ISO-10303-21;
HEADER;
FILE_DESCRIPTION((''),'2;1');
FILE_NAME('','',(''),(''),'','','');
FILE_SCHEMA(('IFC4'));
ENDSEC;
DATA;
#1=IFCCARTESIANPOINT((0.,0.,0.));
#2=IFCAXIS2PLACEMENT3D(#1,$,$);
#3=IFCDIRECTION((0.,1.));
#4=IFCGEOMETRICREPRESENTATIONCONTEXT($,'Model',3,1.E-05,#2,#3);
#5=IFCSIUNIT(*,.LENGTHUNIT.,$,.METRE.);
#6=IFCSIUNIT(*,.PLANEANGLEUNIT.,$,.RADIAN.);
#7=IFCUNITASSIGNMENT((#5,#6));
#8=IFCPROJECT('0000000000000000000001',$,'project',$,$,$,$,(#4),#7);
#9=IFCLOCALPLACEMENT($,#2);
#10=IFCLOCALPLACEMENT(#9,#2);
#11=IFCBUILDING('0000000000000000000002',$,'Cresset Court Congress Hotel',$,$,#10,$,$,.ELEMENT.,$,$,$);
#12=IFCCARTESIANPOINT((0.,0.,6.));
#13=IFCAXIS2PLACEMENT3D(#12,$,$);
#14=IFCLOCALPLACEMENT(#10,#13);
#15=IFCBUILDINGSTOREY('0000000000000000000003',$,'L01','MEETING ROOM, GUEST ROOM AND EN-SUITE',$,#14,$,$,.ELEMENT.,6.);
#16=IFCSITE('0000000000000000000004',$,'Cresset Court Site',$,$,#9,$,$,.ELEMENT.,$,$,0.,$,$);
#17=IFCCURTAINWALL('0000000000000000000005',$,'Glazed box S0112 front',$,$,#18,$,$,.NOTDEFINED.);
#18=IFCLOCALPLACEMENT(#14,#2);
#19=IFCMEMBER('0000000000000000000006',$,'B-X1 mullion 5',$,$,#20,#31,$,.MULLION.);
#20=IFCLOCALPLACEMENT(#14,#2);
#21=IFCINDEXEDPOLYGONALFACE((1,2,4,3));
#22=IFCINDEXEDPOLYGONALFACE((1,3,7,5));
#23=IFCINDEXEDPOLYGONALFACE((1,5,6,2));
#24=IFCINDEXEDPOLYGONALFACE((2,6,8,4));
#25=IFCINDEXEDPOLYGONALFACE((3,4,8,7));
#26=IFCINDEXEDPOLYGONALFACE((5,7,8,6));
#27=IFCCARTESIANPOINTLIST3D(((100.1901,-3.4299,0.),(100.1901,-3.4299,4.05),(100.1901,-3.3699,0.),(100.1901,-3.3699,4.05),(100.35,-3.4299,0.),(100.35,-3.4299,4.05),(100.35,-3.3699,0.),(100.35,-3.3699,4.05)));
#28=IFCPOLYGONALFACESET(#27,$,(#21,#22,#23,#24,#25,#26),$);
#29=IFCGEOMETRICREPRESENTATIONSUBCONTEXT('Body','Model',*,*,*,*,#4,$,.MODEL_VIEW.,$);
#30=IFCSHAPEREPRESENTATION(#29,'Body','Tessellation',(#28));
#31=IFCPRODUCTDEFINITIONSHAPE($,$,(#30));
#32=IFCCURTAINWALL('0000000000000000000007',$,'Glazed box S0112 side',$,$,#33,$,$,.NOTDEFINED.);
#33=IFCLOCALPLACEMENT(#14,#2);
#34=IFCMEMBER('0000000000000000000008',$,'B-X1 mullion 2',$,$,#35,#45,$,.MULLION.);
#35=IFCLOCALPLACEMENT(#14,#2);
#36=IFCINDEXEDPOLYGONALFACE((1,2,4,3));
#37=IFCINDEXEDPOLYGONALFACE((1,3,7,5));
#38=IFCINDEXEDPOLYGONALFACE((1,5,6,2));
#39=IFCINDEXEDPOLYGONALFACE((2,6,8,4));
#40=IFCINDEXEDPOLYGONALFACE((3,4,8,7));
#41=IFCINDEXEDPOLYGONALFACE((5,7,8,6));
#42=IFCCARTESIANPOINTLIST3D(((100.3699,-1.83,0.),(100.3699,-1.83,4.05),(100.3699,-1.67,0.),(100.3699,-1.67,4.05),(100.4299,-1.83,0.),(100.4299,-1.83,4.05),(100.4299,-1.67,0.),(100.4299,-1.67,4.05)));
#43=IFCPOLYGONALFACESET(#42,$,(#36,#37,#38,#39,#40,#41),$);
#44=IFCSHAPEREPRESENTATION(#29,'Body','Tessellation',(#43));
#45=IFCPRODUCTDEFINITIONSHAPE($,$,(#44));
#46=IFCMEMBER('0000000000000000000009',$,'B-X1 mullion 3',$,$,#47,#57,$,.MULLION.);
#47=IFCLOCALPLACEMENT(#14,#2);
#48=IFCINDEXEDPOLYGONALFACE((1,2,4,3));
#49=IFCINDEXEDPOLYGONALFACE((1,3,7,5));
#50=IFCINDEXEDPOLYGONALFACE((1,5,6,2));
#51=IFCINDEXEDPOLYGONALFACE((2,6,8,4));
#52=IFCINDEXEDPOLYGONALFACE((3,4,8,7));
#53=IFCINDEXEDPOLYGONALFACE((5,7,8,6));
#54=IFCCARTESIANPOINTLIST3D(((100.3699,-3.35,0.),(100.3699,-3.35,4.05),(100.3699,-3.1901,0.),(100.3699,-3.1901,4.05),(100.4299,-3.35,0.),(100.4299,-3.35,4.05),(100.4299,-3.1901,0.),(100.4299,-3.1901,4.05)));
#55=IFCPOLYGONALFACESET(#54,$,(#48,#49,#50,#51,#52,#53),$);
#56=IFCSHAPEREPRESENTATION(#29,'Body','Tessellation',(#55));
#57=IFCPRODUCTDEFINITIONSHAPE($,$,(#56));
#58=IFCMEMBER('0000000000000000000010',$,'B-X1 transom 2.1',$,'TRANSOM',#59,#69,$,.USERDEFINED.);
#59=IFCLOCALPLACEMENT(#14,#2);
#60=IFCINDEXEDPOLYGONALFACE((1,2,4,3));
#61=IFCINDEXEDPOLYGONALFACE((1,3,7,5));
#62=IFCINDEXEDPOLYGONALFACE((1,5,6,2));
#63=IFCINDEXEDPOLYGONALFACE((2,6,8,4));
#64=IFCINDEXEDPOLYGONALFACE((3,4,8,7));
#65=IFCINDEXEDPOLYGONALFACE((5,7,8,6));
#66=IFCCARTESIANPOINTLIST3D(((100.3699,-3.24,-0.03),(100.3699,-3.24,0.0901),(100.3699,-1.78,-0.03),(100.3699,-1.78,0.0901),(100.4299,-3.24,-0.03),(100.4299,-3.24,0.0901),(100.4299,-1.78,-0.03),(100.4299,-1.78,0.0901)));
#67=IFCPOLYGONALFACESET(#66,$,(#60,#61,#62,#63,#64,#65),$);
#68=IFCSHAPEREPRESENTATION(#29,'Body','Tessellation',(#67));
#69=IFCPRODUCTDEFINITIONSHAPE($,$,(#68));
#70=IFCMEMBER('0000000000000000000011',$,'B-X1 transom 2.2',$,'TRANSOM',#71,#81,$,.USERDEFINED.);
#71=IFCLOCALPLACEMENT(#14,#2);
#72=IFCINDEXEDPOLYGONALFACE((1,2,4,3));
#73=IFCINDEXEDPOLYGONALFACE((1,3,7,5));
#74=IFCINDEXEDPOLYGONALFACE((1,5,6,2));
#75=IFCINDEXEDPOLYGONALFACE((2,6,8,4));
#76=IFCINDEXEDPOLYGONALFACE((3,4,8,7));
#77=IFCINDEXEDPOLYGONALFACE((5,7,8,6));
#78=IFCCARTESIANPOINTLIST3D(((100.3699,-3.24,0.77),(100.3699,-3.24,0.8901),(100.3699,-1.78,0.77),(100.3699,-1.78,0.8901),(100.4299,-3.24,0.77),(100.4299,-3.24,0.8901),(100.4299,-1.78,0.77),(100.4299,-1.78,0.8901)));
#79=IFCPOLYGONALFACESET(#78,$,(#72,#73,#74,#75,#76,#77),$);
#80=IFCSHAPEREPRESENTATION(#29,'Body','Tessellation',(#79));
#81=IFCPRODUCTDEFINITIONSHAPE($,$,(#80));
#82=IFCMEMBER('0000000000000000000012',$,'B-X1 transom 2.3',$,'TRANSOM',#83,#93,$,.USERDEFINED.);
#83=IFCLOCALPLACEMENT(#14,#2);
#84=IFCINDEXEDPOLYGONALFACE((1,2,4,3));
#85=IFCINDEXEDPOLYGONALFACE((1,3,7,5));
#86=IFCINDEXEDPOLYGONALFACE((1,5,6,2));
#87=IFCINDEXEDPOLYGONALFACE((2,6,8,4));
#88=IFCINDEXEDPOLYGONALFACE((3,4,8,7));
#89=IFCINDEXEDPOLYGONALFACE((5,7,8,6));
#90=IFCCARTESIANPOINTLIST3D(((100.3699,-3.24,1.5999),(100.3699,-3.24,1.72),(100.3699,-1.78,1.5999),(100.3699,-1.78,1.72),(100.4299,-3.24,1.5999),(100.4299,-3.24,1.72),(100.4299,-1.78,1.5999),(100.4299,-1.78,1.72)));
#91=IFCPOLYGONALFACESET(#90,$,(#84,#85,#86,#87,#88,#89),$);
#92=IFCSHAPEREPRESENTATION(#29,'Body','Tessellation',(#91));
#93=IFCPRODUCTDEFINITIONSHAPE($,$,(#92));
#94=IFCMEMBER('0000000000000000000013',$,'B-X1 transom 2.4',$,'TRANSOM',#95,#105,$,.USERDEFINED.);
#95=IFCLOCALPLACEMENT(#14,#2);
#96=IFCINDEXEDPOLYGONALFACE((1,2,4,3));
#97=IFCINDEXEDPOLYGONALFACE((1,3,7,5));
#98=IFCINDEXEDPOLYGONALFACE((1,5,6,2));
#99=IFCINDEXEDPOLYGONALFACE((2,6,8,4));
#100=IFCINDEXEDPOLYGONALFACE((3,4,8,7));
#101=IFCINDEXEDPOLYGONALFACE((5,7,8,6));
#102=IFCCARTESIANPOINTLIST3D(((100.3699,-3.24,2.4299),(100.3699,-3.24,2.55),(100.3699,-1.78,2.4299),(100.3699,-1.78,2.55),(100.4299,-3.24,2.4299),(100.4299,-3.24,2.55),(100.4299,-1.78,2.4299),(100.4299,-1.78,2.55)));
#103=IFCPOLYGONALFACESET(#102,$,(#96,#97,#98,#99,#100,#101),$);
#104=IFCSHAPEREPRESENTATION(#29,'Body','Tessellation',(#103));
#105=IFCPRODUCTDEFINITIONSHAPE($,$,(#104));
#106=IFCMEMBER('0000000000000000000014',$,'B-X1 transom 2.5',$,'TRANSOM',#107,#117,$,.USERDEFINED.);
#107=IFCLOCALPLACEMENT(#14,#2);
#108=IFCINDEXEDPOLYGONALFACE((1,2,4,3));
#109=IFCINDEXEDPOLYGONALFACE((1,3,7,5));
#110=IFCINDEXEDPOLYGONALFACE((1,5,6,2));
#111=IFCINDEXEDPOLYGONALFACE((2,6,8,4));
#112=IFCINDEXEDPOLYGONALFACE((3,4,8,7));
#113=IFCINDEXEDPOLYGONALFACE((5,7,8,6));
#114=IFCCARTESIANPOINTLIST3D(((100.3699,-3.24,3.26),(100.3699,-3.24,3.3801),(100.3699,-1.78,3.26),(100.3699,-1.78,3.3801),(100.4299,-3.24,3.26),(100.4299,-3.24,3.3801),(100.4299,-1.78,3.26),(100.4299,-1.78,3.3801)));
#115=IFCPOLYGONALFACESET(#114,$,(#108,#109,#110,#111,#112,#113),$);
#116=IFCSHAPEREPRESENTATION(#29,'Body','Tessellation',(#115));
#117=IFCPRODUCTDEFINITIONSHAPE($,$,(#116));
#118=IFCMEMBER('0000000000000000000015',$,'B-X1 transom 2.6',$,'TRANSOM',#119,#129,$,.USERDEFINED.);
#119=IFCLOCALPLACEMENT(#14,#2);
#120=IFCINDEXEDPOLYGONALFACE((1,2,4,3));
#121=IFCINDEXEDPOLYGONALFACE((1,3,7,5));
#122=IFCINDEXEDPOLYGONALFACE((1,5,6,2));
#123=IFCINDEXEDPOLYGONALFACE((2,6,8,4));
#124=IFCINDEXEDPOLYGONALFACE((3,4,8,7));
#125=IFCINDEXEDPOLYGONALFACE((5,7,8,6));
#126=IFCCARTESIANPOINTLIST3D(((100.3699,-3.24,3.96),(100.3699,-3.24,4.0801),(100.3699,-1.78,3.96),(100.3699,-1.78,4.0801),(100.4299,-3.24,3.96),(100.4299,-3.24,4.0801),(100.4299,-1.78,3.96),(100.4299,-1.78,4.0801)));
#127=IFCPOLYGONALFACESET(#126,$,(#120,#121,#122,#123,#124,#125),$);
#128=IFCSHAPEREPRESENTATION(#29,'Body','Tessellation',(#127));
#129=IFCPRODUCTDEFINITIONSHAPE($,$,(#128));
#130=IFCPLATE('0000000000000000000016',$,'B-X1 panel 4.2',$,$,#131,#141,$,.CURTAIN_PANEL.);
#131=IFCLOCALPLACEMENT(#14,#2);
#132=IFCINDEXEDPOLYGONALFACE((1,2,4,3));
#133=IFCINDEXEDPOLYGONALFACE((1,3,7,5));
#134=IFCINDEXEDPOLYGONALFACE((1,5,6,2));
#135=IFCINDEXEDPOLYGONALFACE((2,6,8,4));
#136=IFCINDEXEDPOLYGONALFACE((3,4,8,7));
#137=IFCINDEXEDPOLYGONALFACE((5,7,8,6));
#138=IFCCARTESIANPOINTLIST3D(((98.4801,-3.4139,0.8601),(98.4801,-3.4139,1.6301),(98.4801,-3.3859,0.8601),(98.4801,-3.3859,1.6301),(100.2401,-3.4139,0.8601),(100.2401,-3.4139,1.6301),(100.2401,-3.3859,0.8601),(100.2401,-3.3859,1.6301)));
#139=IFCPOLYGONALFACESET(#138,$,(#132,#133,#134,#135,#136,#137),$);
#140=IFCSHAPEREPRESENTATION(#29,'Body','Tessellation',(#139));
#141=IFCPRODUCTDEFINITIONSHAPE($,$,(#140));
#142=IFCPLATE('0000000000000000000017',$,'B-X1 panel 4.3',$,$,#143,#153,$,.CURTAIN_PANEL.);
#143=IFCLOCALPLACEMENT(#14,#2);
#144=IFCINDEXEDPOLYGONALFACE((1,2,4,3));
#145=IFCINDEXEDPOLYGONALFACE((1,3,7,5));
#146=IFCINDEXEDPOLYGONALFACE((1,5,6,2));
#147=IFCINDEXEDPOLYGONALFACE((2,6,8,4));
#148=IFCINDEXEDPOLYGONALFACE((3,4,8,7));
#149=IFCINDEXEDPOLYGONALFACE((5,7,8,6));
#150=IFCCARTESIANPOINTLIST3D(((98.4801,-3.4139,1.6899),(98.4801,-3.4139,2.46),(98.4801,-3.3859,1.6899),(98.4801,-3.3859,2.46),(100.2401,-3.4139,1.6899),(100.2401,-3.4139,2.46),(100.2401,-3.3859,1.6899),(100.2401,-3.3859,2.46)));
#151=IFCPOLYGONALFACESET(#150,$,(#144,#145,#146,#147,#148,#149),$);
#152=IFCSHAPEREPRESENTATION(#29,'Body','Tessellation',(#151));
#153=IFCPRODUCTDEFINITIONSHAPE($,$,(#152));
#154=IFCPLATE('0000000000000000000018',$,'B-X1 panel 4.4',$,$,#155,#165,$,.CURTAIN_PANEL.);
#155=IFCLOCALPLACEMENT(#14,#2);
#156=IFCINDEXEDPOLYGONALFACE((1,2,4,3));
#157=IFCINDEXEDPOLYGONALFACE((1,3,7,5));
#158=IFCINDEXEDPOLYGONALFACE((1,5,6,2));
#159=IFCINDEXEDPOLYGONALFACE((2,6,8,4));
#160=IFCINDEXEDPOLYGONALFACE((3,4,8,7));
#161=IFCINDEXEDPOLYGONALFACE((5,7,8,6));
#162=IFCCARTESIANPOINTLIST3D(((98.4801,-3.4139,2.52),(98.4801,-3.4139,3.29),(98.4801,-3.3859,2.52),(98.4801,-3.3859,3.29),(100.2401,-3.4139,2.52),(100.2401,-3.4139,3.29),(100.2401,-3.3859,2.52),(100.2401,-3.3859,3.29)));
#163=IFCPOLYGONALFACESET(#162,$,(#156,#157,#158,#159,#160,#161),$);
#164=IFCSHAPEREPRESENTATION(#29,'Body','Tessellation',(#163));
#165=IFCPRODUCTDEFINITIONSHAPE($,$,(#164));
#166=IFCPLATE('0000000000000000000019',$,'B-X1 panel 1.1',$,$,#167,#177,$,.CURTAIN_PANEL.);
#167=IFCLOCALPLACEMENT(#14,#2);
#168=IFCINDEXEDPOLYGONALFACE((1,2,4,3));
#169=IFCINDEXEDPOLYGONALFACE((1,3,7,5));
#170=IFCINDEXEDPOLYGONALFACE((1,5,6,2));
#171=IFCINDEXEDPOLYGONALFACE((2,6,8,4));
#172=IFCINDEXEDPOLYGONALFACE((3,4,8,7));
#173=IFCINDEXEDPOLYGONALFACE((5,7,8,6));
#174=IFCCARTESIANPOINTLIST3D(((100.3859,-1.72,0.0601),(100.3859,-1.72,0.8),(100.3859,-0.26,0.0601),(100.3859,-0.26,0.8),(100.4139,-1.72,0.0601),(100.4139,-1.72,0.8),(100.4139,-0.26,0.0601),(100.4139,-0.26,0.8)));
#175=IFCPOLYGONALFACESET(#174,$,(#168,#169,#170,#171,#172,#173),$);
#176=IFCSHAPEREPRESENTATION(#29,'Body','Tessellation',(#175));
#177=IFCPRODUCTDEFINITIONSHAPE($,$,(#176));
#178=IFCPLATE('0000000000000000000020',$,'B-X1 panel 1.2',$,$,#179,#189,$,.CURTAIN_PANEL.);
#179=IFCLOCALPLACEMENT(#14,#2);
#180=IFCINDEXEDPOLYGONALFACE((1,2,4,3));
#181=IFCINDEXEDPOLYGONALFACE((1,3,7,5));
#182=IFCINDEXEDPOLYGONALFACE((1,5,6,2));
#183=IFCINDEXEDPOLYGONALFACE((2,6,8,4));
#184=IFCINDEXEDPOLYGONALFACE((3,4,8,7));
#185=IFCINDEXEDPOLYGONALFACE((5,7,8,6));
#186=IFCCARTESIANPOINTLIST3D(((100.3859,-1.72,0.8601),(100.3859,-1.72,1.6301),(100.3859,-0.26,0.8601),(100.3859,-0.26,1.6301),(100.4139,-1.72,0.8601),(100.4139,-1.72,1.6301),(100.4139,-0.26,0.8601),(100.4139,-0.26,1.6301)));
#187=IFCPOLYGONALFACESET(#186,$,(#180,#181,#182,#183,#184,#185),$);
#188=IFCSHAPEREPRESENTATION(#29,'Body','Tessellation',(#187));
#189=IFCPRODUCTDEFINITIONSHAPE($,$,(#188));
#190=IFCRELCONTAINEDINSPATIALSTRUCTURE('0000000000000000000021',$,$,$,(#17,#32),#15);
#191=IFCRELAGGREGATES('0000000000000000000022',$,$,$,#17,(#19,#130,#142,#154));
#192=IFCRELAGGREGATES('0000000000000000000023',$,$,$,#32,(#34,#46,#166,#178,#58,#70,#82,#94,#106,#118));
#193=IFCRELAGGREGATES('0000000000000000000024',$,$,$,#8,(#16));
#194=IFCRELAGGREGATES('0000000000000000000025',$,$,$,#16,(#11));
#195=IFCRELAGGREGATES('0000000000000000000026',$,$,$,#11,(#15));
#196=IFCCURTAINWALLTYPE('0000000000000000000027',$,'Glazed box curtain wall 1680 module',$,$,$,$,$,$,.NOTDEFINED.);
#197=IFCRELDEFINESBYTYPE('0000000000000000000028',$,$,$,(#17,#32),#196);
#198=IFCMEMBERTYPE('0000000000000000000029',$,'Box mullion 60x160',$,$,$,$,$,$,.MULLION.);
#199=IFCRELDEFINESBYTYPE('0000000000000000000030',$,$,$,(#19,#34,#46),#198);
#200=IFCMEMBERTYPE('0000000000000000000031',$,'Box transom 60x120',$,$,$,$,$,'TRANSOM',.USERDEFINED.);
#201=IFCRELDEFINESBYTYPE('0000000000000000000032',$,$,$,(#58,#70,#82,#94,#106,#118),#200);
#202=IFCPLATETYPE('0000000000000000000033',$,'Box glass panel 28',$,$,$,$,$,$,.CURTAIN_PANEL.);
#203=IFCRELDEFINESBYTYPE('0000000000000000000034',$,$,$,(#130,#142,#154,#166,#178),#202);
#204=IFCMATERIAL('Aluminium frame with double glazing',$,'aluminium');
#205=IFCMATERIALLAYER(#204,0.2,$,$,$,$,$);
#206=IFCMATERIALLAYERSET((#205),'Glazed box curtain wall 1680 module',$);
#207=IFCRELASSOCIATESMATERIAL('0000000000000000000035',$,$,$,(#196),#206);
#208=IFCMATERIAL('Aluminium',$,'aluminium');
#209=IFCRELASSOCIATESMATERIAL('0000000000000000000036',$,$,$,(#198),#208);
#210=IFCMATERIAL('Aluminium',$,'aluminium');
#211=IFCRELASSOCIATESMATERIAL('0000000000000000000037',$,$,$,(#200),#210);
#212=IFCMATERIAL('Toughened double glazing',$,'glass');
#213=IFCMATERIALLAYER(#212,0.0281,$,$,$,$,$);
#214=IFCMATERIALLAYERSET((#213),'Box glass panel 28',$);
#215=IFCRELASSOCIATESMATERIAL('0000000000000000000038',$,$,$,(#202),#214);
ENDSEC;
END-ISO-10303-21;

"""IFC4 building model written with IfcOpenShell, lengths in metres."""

from ifc_helpers import new_model, si_unit, direction, frame, origin, origin_2d, place, context, subcontext, project, spatial, rectangle, extrude, material, layer, layer_set, material_profile, profile_set, type_object, element, aggregate, save


model = new_model("IFC4")

# Units and contexts
model_context = context("Model", 3, precision=1e-05, world=origin(), true_north=direction((0.0, 1.0)))
body_context = subcontext(model_context, "Body", "Model", "MODEL_VIEW")
ifc_project = project(units=[si_unit("LENGTHUNIT", "METRE"), si_unit("PLANEANGLEUNIT", "RADIAN")], contexts=[model_context])

# Site, building, storey
site_placement = place(None, origin())
site = spatial("IfcSite", under=ifc_project, at=site_placement, Name="Cresset Court Site", CompositionType="ELEMENT", RefElevation=0.0)
building_placement = place(site_placement, origin())
building = spatial("IfcBuilding", under=site, at=building_placement, Name="Cresset Court Congress Hotel", CompositionType="ELEMENT")
storey_placement = place(building_placement, frame((0.0, 0.0, 6.0)))
storey = spatial("IfcBuildingStorey", under=building, at=storey_placement, Name="L01", Description="MEETING ROOM, GUEST ROOM AND EN-SUITE", CompositionType="ELEMENT", Elevation=6.0)

# Curtain wall, member
ifc_material_1 = material(Name="Aluminium frame with double glazing", Category="aluminium")
ifc_layer_1 = layer(ifc_material_1, 0.2)
ifc_layer_set_1 = layer_set([ifc_layer_1], Name="Glazed box curtain wall 1680 module")
curtain_wall_type = type_object("IfcCurtainWallType", Name="Glazed box curtain wall 1680 module", PredefinedType="NOTDEFINED", material=ifc_layer_set_1)
curtain_wall_1_placement = place(storey_placement, origin())
curtain_wall_1 = element("IfcCurtainWall", 1, at=curtain_wall_1_placement, inside=storey, type_object=curtain_wall_type, Name="Glazed box S0112 front", PredefinedType="NOTDEFINED")
ifc_material_2 = material(Name="Aluminium", Category="aluminium")
ifc_material_profile_1 = material_profile(ifc_material_2, rectangle(XDim=0.0601, YDim=0.1599, at=origin_2d()), Name="Box mullion 60x160")
ifc_profile_set_1 = profile_set([ifc_material_profile_1], Name="Aluminium")
member_type_1 = type_object("IfcMemberType", Name="Box mullion 60x160", PredefinedType="MULLION", material=ifc_profile_set_1)
member_1_placement = place(storey_placement, frame((100.27, -3.3999, 0.0), z_axis=(0.0, 0.0, 1.0), x_axis=(0.0, 1.0, 0.0)))
member_1 = element("IfcMember", 2, at=member_1_placement, type_object=member_type_1, Name="B-X1 mullion 5", PredefinedType="MULLION", context=body_context, shape_type="SweptSolid", body=[
    extrude(rectangle(XDim=0.0601, YDim=0.1599, at=origin_2d()), origin(), (0.0, 0.0, 1.0), 4.05),
])

# Curtain wall, members
curtain_wall_2_placement = place(storey_placement, origin())
curtain_wall_2 = element("IfcCurtainWall", 3, at=curtain_wall_2_placement, inside=storey, type_object=curtain_wall_type, Name="Glazed box S0112 side", PredefinedType="NOTDEFINED")
member_2_placement = place(storey_placement, frame((100.3999, -1.75, 0.0), z_axis=(0.0, 0.0, 1.0), x_axis=(1.0, 0.0, 0.0)))
member_2 = element("IfcMember", 4, at=member_2_placement, type_object=member_type_1, Name="B-X1 mullion 2", PredefinedType="MULLION", context=body_context, shape_type="SweptSolid", body=[
    extrude(rectangle(XDim=0.0601, YDim=0.1599, at=origin_2d()), origin(), (0.0, 0.0, 1.0), 4.05),
])
member_3_placement = place(storey_placement, frame((100.3999, -3.27, 0.0), z_axis=(0.0, 0.0, 1.0), x_axis=(1.0, 0.0, 0.0)))
member_3 = element("IfcMember", 5, at=member_3_placement, type_object=member_type_1, Name="B-X1 mullion 3", PredefinedType="MULLION", context=body_context, shape_type="SweptSolid", body=[
    extrude(rectangle(XDim=0.0601, YDim=0.1599, at=origin_2d()), origin(), (0.0, 0.0, 1.0), 4.05),
])
ifc_material_3 = material(Name="Aluminium", Category="aluminium")
ifc_material_profile_2 = material_profile(ifc_material_3, rectangle(XDim=0.0601, YDim=0.1201, at=origin_2d()), Name="Box transom 60x120")
ifc_profile_set_2 = profile_set([ifc_material_profile_2], Name="Aluminium")
member_type_2 = type_object("IfcMemberType", Name="Box transom 60x120", ElementType="TRANSOM", PredefinedType="USERDEFINED", material=ifc_profile_set_2)
member_4_placement = place(storey_placement, frame((100.3999, -1.78, 0.03), z_axis=(0.0, -1.0, 0.0), x_axis=(1.0, 0.0, 0.0)))
member_4 = element("IfcMember", 6, at=member_4_placement, type_object=member_type_2, Name="B-X1 transom 2.1", ObjectType="TRANSOM", PredefinedType="USERDEFINED", context=body_context, shape_type="SweptSolid", body=[
    extrude(rectangle(XDim=0.0601, YDim=0.1201, at=origin_2d()), origin(), (0.0, 0.0, 1.0), 1.46),
])
member_5_placement = place(storey_placement, frame((100.3999, -1.78, 0.8301), z_axis=(0.0, -1.0, 0.0), x_axis=(1.0, 0.0, 0.0)))
member_5 = element("IfcMember", 7, at=member_5_placement, type_object=member_type_2, Name="B-X1 transom 2.2", ObjectType="TRANSOM", PredefinedType="USERDEFINED", context=body_context, shape_type="SweptSolid", body=[
    extrude(rectangle(XDim=0.0601, YDim=0.1201, at=origin_2d()), origin(), (0.0, 0.0, 1.0), 1.46),
])
member_6_placement = place(storey_placement, frame((100.3999, -1.78, 1.6599), z_axis=(0.0, -1.0, 0.0), x_axis=(1.0, 0.0, 0.0)))
member_6 = element("IfcMember", 8, at=member_6_placement, type_object=member_type_2, Name="B-X1 transom 2.3", ObjectType="TRANSOM", PredefinedType="USERDEFINED", context=body_context, shape_type="SweptSolid", body=[
    extrude(rectangle(XDim=0.0601, YDim=0.1201, at=origin_2d()), origin(), (0.0, 0.0, 1.0), 1.46),
])
member_7_placement = place(storey_placement, frame((100.3999, -1.78, 2.49), z_axis=(0.0, -1.0, 0.0), x_axis=(1.0, 0.0, 0.0)))
member_7 = element("IfcMember", 9, at=member_7_placement, type_object=member_type_2, Name="B-X1 transom 2.4", ObjectType="TRANSOM", PredefinedType="USERDEFINED", context=body_context, shape_type="SweptSolid", body=[
    extrude(rectangle(XDim=0.0601, YDim=0.1201, at=origin_2d()), origin(), (0.0, 0.0, 1.0), 1.46),
])
member_8_placement = place(storey_placement, frame((100.3999, -1.78, 3.3201), z_axis=(0.0, -1.0, 0.0), x_axis=(1.0, 0.0, 0.0)))
member_8 = element("IfcMember", 10, at=member_8_placement, type_object=member_type_2, Name="B-X1 transom 2.5", ObjectType="TRANSOM", PredefinedType="USERDEFINED", context=body_context, shape_type="SweptSolid", body=[
    extrude(rectangle(XDim=0.0601, YDim=0.1201, at=origin_2d()), origin(), (0.0, 0.0, 1.0), 1.46),
])
member_9_placement = place(storey_placement, frame((100.3999, -1.78, 4.02), z_axis=(0.0, -1.0, 0.0), x_axis=(1.0, 0.0, 0.0)))
member_9 = element("IfcMember", 11, at=member_9_placement, type_object=member_type_2, Name="B-X1 transom 2.6", ObjectType="TRANSOM", PredefinedType="USERDEFINED", context=body_context, shape_type="SweptSolid", body=[
    extrude(rectangle(XDim=0.0601, YDim=0.1201, at=origin_2d()), origin(), (0.0, 0.0, 1.0), 1.46),
])

# Plates
ifc_material_4 = material(Name="Toughened double glazing", Category="glass")
ifc_layer_2 = layer(ifc_material_4, 0.0281)
ifc_layer_set_2 = layer_set([ifc_layer_2], Name="Box glass panel 28")
plate_type_1 = type_object("IfcPlateType", Name="Box glass panel 28", PredefinedType="CURTAIN_PANEL", material=ifc_layer_set_2)
plate_1_placement = place(storey_placement, frame((99.3601, -3.3999, 0.8601), z_axis=(0.0, 0.0, 1.0), x_axis=(1.0, 0.0, 0.0)))
plate_1 = element("IfcPlate", 12, at=plate_1_placement, type_object=plate_type_1, Name="B-X1 panel 4.2", PredefinedType="CURTAIN_PANEL", context=body_context, shape_type="SweptSolid", body=[
    extrude(rectangle(XDim=1.76, YDim=0.0281, at=origin_2d()), origin(), (0.0, 0.0, 1.0), 0.77),
])
plate_2_placement = place(storey_placement, frame((99.3601, -3.3999, 1.6899), z_axis=(0.0, 0.0, 1.0), x_axis=(1.0, 0.0, 0.0)))
plate_2 = element("IfcPlate", 13, at=plate_2_placement, type_object=plate_type_1, Name="B-X1 panel 4.3", PredefinedType="CURTAIN_PANEL", context=body_context, shape_type="SweptSolid", body=[
    extrude(rectangle(XDim=1.76, YDim=0.0281, at=origin_2d()), origin(), (0.0, 0.0, 1.0), 0.77),
])
plate_3_placement = place(storey_placement, frame((99.3601, -3.3999, 2.52), z_axis=(0.0, 0.0, 1.0), x_axis=(1.0, 0.0, 0.0)))
plate_3 = element("IfcPlate", 14, at=plate_3_placement, type_object=plate_type_1, Name="B-X1 panel 4.4", PredefinedType="CURTAIN_PANEL", context=body_context, shape_type="SweptSolid", body=[
    extrude(rectangle(XDim=1.76, YDim=0.0281, at=origin_2d()), origin(), (0.0, 0.0, 1.0), 0.77),
])
plate_4_placement = place(storey_placement, frame((100.3999, -0.99, 0.0601), z_axis=(0.0, 0.0, 1.0), x_axis=(0.0, -1.0, 0.0)))
plate_4 = element("IfcPlate", 15, at=plate_4_placement, type_object=plate_type_1, Name="B-X1 panel 1.1", PredefinedType="CURTAIN_PANEL", context=body_context, shape_type="SweptSolid", body=[
    extrude(rectangle(XDim=1.46, YDim=0.0281, at=origin_2d()), origin(), (0.0, 0.0, 1.0), 0.74),
])
plate_5_placement = place(storey_placement, frame((100.3999, -0.99, 0.8601), z_axis=(0.0, 0.0, 1.0), x_axis=(0.0, -1.0, 0.0)))
plate_5 = element("IfcPlate", 16, at=plate_5_placement, type_object=plate_type_1, Name="B-X1 panel 1.2", PredefinedType="CURTAIN_PANEL", context=body_context, shape_type="SweptSolid", body=[
    extrude(rectangle(XDim=1.46, YDim=0.0281, at=origin_2d()), origin(), (0.0, 0.0, 1.0), 0.77),
])
aggregate(curtain_wall_1, [member_1, plate_1, plate_2, plate_3])
aggregate(curtain_wall_2, [member_2, member_3, plate_4, plate_5, member_4, member_5, member_6, member_7, member_8, member_9])

save(model, "model.ifc")
